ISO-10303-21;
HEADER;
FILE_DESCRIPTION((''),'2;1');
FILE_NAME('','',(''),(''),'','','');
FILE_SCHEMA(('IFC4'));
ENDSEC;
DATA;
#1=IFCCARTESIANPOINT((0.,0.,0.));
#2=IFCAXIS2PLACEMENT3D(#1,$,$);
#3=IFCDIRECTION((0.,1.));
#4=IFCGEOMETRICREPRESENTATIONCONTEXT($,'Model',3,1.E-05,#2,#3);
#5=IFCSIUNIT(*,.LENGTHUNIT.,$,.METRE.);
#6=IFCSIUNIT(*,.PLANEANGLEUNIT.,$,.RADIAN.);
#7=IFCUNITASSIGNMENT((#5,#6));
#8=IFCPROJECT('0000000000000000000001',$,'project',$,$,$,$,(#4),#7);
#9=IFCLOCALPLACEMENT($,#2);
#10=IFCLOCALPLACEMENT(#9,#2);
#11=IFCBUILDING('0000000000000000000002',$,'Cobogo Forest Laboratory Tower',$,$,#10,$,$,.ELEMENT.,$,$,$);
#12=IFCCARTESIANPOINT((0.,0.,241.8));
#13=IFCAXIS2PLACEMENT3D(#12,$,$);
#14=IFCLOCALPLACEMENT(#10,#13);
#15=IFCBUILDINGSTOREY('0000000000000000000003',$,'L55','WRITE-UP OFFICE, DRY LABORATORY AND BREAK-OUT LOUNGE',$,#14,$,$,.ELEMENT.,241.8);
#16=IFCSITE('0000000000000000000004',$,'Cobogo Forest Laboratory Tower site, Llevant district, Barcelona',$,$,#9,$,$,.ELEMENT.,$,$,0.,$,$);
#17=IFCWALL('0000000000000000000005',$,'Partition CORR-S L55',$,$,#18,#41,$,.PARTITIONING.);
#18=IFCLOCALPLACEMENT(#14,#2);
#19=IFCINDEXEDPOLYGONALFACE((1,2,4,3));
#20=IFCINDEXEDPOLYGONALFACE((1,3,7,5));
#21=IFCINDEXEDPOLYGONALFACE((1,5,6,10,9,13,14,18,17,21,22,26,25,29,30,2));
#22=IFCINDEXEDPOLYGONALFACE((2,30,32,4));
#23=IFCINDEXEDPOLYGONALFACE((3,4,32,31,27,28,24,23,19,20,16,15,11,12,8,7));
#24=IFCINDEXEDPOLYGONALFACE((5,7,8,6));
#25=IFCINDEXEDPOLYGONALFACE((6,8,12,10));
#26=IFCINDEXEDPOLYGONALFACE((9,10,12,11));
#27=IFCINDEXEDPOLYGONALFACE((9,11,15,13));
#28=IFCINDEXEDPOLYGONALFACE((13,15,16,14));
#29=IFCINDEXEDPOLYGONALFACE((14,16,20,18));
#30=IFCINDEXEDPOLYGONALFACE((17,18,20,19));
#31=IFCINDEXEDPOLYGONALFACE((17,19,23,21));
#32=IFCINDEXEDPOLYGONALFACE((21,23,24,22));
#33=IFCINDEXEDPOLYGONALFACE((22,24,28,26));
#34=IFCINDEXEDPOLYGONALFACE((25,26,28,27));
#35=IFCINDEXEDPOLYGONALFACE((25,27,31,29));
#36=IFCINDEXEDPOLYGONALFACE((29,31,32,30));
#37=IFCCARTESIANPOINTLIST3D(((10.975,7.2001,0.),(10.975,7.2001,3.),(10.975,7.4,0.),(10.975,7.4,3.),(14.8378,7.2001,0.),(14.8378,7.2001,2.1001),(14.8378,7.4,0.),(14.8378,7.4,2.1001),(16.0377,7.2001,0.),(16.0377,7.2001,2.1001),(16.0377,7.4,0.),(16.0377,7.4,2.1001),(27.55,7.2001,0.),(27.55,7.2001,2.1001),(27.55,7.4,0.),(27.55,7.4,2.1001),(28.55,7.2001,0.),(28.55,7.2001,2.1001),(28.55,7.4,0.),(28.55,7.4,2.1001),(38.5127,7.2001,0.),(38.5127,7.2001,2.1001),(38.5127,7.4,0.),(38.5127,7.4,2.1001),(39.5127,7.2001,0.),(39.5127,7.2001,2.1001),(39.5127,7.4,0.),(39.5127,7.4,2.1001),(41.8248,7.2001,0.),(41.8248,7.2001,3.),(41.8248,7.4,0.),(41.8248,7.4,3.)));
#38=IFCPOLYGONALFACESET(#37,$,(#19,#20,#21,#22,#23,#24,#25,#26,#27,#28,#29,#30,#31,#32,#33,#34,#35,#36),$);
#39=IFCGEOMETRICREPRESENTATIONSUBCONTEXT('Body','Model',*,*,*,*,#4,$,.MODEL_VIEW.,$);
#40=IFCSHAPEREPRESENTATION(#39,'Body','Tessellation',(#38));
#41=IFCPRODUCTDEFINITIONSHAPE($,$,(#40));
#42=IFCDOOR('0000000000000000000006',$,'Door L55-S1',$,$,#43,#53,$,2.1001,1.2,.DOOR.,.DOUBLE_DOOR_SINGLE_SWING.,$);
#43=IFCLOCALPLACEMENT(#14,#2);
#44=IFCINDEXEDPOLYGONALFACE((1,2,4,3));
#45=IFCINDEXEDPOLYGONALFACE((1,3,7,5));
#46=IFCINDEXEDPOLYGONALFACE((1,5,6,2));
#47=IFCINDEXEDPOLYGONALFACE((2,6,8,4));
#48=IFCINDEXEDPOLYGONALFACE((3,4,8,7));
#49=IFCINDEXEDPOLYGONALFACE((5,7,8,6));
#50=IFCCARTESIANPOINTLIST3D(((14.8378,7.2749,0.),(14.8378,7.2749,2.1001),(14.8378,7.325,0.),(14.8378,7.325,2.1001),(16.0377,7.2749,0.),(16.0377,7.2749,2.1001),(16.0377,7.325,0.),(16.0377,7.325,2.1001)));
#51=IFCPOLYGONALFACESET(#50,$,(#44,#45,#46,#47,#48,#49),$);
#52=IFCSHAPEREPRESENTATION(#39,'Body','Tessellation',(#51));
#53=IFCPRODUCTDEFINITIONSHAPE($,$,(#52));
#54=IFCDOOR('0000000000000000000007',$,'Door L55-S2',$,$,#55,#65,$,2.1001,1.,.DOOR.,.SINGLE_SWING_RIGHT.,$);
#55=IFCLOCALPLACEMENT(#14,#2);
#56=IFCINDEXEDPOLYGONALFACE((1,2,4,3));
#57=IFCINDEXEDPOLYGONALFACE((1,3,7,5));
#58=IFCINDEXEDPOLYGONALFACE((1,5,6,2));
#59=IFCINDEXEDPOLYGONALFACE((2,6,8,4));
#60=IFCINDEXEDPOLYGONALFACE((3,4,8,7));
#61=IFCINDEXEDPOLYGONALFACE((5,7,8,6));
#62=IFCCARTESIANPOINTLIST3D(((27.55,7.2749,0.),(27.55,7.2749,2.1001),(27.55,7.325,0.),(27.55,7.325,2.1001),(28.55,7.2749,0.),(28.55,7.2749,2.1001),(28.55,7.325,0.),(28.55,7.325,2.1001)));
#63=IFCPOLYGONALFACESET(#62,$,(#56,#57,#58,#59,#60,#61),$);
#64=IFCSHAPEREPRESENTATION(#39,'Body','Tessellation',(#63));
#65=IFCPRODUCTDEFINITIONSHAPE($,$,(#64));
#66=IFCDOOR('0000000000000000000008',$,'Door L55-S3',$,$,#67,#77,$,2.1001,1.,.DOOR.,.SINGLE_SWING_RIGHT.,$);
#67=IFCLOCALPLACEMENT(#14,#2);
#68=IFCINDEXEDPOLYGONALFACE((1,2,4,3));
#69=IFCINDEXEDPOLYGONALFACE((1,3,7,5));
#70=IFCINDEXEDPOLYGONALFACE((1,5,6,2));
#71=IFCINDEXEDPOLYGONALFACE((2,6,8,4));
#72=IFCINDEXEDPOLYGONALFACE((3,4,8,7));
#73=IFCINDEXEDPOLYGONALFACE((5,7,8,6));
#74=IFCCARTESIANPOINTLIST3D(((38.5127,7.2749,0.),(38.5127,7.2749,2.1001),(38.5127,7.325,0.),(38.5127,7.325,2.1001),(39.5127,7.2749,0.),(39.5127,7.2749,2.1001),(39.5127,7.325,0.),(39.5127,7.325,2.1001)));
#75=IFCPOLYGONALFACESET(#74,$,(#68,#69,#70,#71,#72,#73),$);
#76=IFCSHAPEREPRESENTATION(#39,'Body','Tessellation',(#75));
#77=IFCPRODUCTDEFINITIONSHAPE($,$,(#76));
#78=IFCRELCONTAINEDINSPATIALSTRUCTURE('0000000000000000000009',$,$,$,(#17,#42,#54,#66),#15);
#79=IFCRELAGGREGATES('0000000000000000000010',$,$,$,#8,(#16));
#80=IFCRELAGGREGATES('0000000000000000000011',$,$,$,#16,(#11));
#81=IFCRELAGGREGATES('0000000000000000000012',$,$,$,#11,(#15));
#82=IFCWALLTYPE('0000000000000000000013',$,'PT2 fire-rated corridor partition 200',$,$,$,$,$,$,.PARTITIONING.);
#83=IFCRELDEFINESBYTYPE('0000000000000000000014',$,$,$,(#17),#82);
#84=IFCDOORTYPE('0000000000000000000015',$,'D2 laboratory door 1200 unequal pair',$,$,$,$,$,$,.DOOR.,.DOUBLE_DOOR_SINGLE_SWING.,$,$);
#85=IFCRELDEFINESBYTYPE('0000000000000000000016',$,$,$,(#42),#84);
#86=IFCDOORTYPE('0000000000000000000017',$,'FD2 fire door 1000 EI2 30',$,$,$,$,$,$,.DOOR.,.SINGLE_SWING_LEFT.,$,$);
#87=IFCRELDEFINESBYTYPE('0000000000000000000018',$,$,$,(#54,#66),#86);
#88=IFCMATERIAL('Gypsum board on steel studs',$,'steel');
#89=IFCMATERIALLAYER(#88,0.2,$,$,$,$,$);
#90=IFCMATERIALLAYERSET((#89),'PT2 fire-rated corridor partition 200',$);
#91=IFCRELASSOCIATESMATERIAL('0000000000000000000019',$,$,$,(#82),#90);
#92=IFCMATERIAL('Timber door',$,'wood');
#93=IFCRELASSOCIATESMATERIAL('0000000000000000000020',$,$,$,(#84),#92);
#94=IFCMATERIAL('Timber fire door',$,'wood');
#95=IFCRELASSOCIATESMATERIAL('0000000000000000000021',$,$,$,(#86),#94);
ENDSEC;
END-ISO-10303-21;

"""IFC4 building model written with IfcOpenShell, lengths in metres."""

from ifc_helpers import new_model, si_unit, direction, frame, frame_2d, origin, place, context, subcontext, project, spatial, rectangle, extrude, material, layer, layer_set, type_object, element, fill, save


model = new_model("IFC4")

# Units and contexts
model_context = context("Model", 3, precision=1e-05, world=origin(), true_north=direction((0.0, 1.0)))
body_context = subcontext(model_context, "Body", "Model", "MODEL_VIEW")
ifc_project = project(units=[si_unit("LENGTHUNIT", "METRE"), si_unit("PLANEANGLEUNIT", "RADIAN")], contexts=[model_context])

# Site, building, storey
site_placement = place(None, origin())
site = spatial("IfcSite", under=ifc_project, at=site_placement, Name="Cobogo Forest Laboratory Tower site, Llevant district, Barcelona", CompositionType="ELEMENT", RefElevation=0.0)
building_placement = place(site_placement, origin())
building = spatial("IfcBuilding", under=site, at=building_placement, Name="Cobogo Forest Laboratory Tower", CompositionType="ELEMENT")
storey_placement = place(building_placement, frame((0.0, 0.0, 241.8)))
storey = spatial("IfcBuildingStorey", under=building, at=storey_placement, Name="L55", Description="WRITE-UP OFFICE, DRY LABORATORY AND BREAK-OUT LOUNGE", CompositionType="ELEMENT", Elevation=241.8)

# Shared definitions
ifc_material_1 = material(Name="Gypsum board on steel studs", Category="steel")

# Wall, openings, doors
ifc_layer_1 = layer(ifc_material_1, 0.2)
ifc_layer_set_1 = layer_set([ifc_layer_1], Name="PT2 fire-rated corridor partition 200")
wall_type_1 = type_object("IfcWallType", Name="PT2 fire-rated corridor partition 200", PredefinedType="PARTITIONING", material=ifc_layer_set_1)
wall_1_placement = place(storey_placement, frame((10.9751, 7.3, 0.0), z_axis=(0.0, 0.0, 1.0), x_axis=(1.0, 0.0, 0.0)))
wall_1 = element("IfcWall", 1, at=wall_1_placement, inside=storey, type_object=wall_type_1, Name="Partition CORR-S L55", PredefinedType="PARTITIONING", context=body_context, shape_type="SweptSolid", body=[
    extrude(rectangle(XDim=30.8499, YDim=0.2, at=frame_2d((15.4248, 0.0))), origin(), (0.0, 0.0, 1.0), 3.0),
])
opening_1_placement = place(wall_1_placement, frame((3.8625, 0.0, 0.0)))
opening_1 = element("IfcOpeningElement", 2, at=opening_1_placement, cuts=wall_1, PredefinedType="OPENING", context=body_context, shape_type="SweptSolid", body=[
    extrude(rectangle(XDim=1.2, YDim=2.1001, at=frame_2d((0.6001, 1.05))), frame((0.0, 0.1099, 0.0), z_axis=(0.0, -1.0, 0.0), x_axis=(1.0, 0.0, 0.0)), (0.0, 0.0, 1.0), 0.22),
])
opening_2_placement = place(wall_1_placement, frame((16.575, 0.0, 0.0)))
opening_2 = element("IfcOpeningElement", 3, at=opening_2_placement, cuts=wall_1, PredefinedType="OPENING", context=body_context, shape_type="SweptSolid", body=[
    extrude(rectangle(XDim=1.0, YDim=2.1001, at=frame_2d((0.5, 1.05))), frame((0.0, 0.1099, 0.0), z_axis=(0.0, -1.0, 0.0), x_axis=(1.0, 0.0, 0.0)), (0.0, 0.0, 1.0), 0.22),
])
opening_3_placement = place(wall_1_placement, frame((27.5376, 0.0, 0.0)))
opening_3 = element("IfcOpeningElement", 4, at=opening_3_placement, cuts=wall_1, PredefinedType="OPENING", context=body_context, shape_type="SweptSolid", body=[
    extrude(rectangle(XDim=1.0, YDim=2.1001, at=frame_2d((0.5, 1.05))), frame((0.0, 0.1099, 0.0), z_axis=(0.0, -1.0, 0.0), x_axis=(1.0, 0.0, 0.0)), (0.0, 0.0, 1.0), 0.22),
])
ifc_material_2 = material(Name="Timber door", Category="wood")
door_type_1 = type_object("IfcDoorType", Name="D2 laboratory door 1200 unequal pair", OperationType="DOUBLE_DOOR_SINGLE_SWING", PredefinedType="DOOR", material=ifc_material_2)
door_1_placement = place(opening_1_placement, origin())
door_1 = element("IfcDoor", 5, at=door_1_placement, inside=storey, type_object=door_type_1, Name="Door L55-S1", OperationType="DOUBLE_DOOR_SINGLE_SWING", OverallHeight=2.1001, OverallWidth=1.2, PredefinedType="DOOR", context=body_context, shape_type="SweptSolid", body=[
    extrude(rectangle(XDim=1.2, YDim=2.1001, at=frame_2d((0.6001, 1.05))), frame((0.0, 0.0249, 0.0), z_axis=(0.0, -1.0, 0.0), x_axis=(1.0, 0.0, 0.0)), (0.0, 0.0, 1.0), 0.05),
])
fill(opening_1, door_1)
ifc_material_3 = material(Name="Timber fire door", Category="wood")
door_type_2 = type_object("IfcDoorType", Name="FD2 fire door 1000 EI2 30", OperationType="SINGLE_SWING_LEFT", PredefinedType="DOOR", material=ifc_material_3)
door_2_placement = place(opening_2_placement, origin())
door_2 = element("IfcDoor", 6, at=door_2_placement, inside=storey, type_object=door_type_2, Name="Door L55-S2", OperationType="SINGLE_SWING_RIGHT", OverallHeight=2.1001, OverallWidth=1.0, PredefinedType="DOOR", context=body_context, shape_type="SweptSolid", body=[
    extrude(rectangle(XDim=1.0, YDim=2.1001, at=frame_2d((0.5, 1.05))), frame((0.0, 0.0249, 0.0), z_axis=(0.0, -1.0, 0.0), x_axis=(1.0, 0.0, 0.0)), (0.0, 0.0, 1.0), 0.05),
])
fill(opening_2, door_2)
door_3_placement = place(opening_3_placement, origin())
door_3 = element("IfcDoor", 7, at=door_3_placement, inside=storey, type_object=door_type_2, Name="Door L55-S3", OperationType="SINGLE_SWING_RIGHT", OverallHeight=2.1001, OverallWidth=1.0, PredefinedType="DOOR", context=body_context, shape_type="SweptSolid", body=[
    extrude(rectangle(XDim=1.0, YDim=2.1001, at=frame_2d((0.5, 1.05))), frame((0.0, 0.0249, 0.0), z_axis=(0.0, -1.0, 0.0), x_axis=(1.0, 0.0, 0.0)), (0.0, 0.0, 1.0), 0.05),
])
fill(opening_3, door_3)

save(model, "model.ifc")
